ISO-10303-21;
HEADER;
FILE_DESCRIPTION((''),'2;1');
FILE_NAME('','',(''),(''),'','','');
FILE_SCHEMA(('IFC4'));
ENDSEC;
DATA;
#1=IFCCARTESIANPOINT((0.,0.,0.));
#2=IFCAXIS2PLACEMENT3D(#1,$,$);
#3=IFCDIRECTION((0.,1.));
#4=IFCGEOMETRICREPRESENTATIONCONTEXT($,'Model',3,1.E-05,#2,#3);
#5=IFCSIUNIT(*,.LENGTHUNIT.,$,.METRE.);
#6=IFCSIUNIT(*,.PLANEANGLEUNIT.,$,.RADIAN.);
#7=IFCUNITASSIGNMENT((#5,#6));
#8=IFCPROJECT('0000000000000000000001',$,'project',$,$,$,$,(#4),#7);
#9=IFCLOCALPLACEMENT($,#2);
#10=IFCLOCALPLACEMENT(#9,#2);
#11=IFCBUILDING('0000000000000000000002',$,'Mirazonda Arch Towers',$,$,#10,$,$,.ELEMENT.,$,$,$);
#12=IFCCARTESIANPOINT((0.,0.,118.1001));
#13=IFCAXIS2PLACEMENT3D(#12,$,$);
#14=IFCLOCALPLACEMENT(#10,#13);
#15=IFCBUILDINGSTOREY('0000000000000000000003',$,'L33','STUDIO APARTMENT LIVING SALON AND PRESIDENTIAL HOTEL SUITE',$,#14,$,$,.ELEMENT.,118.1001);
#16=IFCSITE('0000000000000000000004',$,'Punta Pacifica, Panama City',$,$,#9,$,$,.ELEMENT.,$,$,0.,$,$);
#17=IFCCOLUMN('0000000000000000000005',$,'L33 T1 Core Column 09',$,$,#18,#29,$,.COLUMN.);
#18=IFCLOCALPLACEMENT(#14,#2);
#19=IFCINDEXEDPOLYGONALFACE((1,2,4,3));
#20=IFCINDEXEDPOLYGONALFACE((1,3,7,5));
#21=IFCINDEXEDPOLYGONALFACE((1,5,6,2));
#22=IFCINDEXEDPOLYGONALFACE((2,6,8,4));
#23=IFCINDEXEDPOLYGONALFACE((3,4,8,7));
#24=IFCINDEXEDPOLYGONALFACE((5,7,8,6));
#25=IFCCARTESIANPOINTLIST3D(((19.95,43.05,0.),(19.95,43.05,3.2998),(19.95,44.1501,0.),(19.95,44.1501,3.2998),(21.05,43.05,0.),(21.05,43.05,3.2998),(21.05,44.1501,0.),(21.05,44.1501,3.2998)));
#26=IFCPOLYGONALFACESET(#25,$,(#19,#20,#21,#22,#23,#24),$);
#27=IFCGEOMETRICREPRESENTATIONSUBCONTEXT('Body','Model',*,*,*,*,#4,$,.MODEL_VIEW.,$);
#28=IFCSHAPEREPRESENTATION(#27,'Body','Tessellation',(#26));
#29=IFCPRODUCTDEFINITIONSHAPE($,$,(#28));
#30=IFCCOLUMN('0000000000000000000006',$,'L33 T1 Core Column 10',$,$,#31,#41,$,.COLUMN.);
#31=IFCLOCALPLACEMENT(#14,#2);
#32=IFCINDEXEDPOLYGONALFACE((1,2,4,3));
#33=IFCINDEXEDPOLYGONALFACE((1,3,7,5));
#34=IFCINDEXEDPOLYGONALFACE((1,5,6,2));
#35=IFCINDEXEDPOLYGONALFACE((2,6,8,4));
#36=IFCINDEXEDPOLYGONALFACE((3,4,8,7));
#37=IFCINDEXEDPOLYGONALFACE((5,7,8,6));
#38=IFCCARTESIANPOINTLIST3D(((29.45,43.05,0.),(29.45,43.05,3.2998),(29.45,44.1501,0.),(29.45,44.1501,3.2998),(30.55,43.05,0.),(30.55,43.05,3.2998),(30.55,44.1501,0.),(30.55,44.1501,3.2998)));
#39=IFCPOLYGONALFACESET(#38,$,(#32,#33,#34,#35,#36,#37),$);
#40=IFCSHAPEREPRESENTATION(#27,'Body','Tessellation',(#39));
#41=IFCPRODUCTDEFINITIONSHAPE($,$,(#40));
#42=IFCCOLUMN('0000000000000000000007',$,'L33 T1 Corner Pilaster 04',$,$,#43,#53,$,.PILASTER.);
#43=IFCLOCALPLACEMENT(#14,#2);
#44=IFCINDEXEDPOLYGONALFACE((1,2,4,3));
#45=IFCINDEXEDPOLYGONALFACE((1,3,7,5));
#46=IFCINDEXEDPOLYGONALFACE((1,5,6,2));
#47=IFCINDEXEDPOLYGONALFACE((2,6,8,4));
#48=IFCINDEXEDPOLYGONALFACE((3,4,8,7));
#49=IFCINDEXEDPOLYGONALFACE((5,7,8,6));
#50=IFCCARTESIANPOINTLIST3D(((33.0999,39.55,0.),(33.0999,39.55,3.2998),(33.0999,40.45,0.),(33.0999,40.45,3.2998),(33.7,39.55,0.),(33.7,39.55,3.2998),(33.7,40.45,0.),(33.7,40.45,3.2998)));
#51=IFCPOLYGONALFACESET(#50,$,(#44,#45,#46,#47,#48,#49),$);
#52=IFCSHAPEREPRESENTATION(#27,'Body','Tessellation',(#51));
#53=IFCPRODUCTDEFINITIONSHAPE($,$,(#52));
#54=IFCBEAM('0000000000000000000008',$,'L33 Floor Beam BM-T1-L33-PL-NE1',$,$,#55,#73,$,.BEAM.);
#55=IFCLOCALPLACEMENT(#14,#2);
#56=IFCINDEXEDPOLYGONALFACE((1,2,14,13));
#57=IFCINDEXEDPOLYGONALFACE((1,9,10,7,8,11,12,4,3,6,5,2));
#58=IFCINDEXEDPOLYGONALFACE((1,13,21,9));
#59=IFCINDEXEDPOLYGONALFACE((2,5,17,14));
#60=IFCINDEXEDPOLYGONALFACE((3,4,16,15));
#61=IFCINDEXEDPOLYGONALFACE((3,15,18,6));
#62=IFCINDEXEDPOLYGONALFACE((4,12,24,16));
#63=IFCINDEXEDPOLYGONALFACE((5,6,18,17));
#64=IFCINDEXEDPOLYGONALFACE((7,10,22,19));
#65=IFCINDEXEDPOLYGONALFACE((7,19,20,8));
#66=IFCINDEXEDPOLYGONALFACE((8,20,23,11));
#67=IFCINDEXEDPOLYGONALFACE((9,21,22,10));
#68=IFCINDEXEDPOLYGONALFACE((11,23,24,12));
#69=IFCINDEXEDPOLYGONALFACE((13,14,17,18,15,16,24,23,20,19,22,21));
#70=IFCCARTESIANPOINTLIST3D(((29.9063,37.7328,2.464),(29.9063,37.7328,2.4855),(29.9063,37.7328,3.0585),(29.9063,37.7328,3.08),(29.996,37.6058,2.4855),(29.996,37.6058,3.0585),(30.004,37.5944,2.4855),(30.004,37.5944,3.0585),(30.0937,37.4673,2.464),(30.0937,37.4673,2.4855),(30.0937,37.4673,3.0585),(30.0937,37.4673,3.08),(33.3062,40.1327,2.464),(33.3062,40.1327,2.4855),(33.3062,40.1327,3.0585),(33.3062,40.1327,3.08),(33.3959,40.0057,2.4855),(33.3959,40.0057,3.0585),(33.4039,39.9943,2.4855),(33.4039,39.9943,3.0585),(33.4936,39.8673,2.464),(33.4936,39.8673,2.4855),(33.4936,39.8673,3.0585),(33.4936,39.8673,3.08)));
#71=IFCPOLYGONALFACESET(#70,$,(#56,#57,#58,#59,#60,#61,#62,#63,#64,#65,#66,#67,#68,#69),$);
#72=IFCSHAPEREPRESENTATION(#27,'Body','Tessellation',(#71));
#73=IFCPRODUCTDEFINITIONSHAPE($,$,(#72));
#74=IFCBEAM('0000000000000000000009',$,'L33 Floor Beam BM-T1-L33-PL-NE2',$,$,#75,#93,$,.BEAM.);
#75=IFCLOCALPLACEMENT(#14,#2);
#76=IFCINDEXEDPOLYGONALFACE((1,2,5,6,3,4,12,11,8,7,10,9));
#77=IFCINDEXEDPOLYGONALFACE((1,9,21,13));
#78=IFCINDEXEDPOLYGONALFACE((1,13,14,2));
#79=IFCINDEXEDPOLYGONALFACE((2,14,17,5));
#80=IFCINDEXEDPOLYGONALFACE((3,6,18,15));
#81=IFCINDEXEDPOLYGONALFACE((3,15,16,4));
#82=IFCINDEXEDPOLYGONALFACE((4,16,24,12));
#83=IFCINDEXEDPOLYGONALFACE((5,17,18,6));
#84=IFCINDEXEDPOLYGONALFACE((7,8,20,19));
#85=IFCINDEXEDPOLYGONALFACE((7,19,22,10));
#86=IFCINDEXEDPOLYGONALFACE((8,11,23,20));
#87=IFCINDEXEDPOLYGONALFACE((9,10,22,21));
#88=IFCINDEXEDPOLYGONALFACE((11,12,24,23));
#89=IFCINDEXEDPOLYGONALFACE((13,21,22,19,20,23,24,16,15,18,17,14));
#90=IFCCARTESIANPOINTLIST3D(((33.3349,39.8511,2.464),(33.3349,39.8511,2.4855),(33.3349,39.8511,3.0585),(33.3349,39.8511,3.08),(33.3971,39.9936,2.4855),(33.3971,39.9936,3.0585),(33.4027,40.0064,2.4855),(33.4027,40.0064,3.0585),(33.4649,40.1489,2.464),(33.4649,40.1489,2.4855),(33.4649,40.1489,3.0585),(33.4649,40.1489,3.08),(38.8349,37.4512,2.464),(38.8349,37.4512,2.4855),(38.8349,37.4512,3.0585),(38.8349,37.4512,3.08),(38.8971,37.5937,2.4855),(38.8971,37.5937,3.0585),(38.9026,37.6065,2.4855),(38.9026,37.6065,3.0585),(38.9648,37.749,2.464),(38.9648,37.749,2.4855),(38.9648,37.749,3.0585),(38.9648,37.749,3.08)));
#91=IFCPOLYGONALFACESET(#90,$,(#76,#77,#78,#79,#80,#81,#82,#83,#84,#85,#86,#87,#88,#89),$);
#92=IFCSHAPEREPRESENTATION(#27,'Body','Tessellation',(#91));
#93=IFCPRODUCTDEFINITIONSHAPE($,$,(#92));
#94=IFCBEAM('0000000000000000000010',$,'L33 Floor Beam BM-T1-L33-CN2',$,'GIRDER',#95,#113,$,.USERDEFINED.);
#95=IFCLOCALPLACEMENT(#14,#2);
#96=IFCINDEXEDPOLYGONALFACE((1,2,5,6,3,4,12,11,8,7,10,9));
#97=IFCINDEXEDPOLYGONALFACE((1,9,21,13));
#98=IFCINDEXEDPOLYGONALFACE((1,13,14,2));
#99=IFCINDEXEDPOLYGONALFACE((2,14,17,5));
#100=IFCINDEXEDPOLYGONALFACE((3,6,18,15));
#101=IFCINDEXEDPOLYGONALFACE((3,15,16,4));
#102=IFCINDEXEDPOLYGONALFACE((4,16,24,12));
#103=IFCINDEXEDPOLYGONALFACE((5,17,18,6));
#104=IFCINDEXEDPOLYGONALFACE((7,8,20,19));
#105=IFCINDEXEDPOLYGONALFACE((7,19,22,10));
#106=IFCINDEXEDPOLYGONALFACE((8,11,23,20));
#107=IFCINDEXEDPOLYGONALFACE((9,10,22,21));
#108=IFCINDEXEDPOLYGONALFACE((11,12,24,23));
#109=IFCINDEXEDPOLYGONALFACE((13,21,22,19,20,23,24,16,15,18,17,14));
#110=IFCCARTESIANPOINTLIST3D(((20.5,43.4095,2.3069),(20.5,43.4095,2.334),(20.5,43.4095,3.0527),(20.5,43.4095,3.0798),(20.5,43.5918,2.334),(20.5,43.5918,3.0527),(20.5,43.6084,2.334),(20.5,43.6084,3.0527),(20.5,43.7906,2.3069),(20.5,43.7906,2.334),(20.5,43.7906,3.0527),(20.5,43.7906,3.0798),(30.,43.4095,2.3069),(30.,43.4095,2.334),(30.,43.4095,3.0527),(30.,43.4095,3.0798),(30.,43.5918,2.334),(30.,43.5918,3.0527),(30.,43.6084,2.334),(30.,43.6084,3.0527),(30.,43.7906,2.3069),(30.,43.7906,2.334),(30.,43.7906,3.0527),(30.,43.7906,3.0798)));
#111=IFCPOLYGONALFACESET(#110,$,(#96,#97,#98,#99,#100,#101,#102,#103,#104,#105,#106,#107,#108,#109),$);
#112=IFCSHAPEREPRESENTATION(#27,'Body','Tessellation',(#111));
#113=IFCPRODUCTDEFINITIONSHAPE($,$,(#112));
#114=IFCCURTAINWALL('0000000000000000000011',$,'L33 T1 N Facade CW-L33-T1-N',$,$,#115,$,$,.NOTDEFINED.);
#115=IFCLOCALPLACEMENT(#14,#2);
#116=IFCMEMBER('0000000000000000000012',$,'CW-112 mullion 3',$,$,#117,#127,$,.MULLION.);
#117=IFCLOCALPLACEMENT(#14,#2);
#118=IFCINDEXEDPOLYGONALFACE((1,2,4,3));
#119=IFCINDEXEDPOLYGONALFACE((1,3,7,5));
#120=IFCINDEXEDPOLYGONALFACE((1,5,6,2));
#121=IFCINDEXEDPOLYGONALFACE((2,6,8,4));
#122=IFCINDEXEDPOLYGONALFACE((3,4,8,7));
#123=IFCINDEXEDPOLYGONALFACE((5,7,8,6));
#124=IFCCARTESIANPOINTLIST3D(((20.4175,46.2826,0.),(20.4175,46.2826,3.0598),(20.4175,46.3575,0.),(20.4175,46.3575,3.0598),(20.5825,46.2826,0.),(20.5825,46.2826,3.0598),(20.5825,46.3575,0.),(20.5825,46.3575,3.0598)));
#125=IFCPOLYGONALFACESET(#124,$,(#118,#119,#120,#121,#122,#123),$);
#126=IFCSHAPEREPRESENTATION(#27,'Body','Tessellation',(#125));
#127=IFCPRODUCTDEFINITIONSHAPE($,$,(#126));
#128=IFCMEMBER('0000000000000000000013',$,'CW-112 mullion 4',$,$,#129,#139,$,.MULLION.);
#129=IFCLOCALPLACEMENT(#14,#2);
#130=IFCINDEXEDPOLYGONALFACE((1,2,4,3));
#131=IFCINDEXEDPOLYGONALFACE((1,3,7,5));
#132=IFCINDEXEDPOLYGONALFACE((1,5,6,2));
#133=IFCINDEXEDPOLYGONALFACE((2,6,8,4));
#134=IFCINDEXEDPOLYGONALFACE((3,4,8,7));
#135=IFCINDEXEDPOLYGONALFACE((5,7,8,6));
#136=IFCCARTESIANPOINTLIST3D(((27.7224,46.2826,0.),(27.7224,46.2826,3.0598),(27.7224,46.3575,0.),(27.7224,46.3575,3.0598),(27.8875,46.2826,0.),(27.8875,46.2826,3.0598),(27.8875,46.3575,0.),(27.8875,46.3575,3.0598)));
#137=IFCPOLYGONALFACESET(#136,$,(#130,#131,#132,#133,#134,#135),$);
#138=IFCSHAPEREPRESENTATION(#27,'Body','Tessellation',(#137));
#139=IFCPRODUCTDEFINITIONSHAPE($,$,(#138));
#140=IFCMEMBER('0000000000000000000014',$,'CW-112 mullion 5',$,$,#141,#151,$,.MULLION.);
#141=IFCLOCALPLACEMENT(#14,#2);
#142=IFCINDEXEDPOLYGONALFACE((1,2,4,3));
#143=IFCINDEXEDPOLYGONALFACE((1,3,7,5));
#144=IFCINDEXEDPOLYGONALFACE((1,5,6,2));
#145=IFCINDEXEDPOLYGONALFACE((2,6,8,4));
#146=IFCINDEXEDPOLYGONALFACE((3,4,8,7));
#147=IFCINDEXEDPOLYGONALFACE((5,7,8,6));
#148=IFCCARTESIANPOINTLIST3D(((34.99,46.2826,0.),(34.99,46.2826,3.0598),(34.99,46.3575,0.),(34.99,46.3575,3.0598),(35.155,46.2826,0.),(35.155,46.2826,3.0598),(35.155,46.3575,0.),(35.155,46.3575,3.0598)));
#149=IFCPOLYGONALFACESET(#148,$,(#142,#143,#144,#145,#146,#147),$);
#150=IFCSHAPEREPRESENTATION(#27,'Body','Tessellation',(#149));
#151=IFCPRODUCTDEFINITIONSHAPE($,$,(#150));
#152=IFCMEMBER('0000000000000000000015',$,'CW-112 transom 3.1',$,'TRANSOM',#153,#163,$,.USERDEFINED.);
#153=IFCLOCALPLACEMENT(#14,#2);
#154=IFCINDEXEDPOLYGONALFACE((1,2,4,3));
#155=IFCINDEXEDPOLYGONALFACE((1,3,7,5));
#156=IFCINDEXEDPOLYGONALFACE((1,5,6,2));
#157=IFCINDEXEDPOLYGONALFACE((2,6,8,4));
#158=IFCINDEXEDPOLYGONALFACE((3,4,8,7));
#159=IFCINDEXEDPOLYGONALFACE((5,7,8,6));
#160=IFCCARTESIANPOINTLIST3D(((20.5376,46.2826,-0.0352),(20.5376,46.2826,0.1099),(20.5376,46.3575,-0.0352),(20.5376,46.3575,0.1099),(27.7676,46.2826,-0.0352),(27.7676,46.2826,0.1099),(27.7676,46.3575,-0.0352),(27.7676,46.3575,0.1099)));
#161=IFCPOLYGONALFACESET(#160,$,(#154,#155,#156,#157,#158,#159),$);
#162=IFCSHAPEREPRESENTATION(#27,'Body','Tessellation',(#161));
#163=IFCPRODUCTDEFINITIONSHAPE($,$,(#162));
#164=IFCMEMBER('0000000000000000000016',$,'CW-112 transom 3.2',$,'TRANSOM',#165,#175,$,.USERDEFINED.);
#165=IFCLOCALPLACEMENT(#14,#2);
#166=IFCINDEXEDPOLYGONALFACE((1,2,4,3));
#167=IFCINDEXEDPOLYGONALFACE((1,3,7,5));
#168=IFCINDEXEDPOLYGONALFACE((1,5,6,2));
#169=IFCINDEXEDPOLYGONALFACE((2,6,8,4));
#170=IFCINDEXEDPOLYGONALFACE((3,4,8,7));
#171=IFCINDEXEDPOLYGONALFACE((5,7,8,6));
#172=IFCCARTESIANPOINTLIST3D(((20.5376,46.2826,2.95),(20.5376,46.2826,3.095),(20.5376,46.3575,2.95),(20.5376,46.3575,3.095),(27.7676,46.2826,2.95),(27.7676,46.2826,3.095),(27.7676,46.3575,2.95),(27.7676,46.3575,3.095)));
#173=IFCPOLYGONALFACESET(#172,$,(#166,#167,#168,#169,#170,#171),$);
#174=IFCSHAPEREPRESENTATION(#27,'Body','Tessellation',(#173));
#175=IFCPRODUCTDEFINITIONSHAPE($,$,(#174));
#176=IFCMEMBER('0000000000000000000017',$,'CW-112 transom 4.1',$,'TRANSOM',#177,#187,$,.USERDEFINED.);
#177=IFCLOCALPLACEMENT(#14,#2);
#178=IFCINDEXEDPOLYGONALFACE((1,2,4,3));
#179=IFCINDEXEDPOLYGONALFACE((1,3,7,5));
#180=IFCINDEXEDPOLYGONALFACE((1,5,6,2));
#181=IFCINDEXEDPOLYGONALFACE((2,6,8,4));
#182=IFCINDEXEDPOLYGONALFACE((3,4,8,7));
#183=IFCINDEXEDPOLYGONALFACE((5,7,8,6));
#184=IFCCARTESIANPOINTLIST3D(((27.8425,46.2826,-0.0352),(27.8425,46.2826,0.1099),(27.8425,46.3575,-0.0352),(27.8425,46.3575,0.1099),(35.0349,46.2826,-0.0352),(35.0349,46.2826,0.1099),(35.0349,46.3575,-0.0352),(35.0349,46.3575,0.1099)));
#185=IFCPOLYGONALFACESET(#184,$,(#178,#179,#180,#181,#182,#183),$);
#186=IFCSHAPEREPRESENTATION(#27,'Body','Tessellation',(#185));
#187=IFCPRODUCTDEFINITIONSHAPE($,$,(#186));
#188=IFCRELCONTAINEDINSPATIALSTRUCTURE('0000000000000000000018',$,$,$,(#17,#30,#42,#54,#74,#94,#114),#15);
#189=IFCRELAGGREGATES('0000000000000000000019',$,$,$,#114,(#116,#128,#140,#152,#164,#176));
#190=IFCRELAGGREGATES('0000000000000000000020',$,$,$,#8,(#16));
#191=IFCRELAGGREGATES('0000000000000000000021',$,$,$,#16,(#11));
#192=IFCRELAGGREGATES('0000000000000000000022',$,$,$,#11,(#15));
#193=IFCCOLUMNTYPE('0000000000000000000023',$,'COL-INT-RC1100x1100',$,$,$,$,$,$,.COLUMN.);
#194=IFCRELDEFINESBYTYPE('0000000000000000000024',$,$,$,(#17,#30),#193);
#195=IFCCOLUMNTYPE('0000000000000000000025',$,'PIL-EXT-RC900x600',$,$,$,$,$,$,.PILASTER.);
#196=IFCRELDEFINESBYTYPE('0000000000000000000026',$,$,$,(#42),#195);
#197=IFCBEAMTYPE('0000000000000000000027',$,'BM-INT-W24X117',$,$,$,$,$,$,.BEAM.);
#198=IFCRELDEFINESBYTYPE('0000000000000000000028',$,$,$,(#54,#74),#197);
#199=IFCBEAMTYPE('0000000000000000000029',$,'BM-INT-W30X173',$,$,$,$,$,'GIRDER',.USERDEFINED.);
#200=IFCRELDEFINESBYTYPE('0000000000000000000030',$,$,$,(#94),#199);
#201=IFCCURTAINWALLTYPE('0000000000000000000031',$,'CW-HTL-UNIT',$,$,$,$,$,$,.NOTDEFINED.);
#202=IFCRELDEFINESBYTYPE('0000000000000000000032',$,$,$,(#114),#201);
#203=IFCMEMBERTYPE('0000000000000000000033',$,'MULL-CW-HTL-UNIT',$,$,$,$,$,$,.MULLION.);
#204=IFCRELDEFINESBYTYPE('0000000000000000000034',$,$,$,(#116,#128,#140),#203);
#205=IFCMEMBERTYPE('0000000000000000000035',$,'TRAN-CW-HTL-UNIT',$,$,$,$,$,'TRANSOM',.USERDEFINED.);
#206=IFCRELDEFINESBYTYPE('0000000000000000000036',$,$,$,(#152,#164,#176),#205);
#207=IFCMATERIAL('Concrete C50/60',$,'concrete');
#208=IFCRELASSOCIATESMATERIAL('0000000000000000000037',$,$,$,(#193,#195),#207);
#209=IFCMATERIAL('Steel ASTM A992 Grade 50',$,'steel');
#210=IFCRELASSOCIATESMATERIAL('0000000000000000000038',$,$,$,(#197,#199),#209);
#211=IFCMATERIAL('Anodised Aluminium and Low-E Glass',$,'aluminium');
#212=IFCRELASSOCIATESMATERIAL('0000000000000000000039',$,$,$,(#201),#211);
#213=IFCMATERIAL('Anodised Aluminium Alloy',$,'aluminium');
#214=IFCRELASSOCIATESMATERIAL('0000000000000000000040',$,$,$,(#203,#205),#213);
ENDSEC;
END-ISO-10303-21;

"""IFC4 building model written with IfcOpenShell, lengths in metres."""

from ifc_helpers import new_model, si_unit, direction, frame, origin, origin_2d, place, context, subcontext, project, spatial, rectangle, i_section, extrude, material, material_profile, profile_set, type_object, element, aggregate, save


model = new_model("IFC4")

# Units and contexts
model_context = context("Model", 3, precision=1e-05, world=origin(), true_north=direction((0.0, 1.0)))
body_context = subcontext(model_context, "Body", "Model", "MODEL_VIEW")
ifc_project = project(units=[si_unit("LENGTHUNIT", "METRE"), si_unit("PLANEANGLEUNIT", "RADIAN")], contexts=[model_context])

# Site, building, storey
site_placement = place(None, origin())
site = spatial("IfcSite", under=ifc_project, at=site_placement, Name="Punta Pacifica, Panama City", CompositionType="ELEMENT", RefElevation=0.0)
building_placement = place(site_placement, origin())
building = spatial("IfcBuilding", under=site, at=building_placement, Name="Mirazonda Arch Towers", CompositionType="ELEMENT")
storey_placement = place(building_placement, frame((0.0, 0.0, 118.1001)))
storey = spatial("IfcBuildingStorey", under=building, at=storey_placement, Name="L33", Description="STUDIO APARTMENT LIVING SALON AND PRESIDENTIAL HOTEL SUITE", CompositionType="ELEMENT", Elevation=118.1001)

# Columns
ifc_material_1 = material(Name="Concrete C50/60", Category="concrete")
ifc_material_profile_1 = material_profile(ifc_material_1, rectangle(XDim=1.1001, YDim=1.1001, at=origin_2d()), Name="RC1100x1100")
ifc_profile_set_1 = profile_set([ifc_material_profile_1], Name="Concrete C50/60")
column_type_1 = type_object("IfcColumnType", Name="COL-INT-RC1100x1100", PredefinedType="COLUMN", material=ifc_profile_set_1)
for number, where, z_axis, x_axis, name in (
    (1, (20.5, 43.6001, 0.0), (0.0, 0.0, 1.0), (1.0, 0.0, 0.0), "L33 T1 Core Column 09"),
    (2, (30.0, 43.6001, 0.0), (0.0, 0.0, 1.0), (1.0, 0.0, 0.0), "L33 T1 Core Column 10"),
):
    element("IfcColumn", number, at=place(storey_placement, frame(where, z_axis=z_axis, x_axis=x_axis)), inside=storey, type_object=column_type_1, Name=name, PredefinedType="COLUMN", context=body_context, shape_type="SweptSolid", body=[
        extrude(rectangle(XDim=1.1001, YDim=1.1001, at=origin_2d()), origin(), (0.0, 0.0, 1.0), 3.2998),
    ])
ifc_material_profile_2 = material_profile(ifc_material_1, rectangle(XDim=0.6001, YDim=0.8999, at=origin_2d()), Name="RC900x600")
ifc_profile_set_2 = profile_set([ifc_material_profile_2], Name="Concrete C50/60")
column_type_2 = type_object("IfcColumnType", Name="PIL-EXT-RC900x600", PredefinedType="PILASTER", material=ifc_profile_set_2)
column_placement = place(storey_placement, frame((33.3999, 40.0, 0.0), z_axis=(0.0, 0.0, 1.0), x_axis=(1.0, 0.0, 0.0)))
element("IfcColumn", 3, at=column_placement, inside=storey, type_object=column_type_2, Name="L33 T1 Corner Pilaster 04", PredefinedType="PILASTER", context=body_context, shape_type="SweptSolid", body=[
    extrude(rectangle(XDim=0.6001, YDim=0.8999, at=origin_2d()), origin(), (0.0, 0.0, 1.0), 3.2998),
])

# Beams
ifc_material_2 = material(Name="Steel ASTM A992 Grade 50", Category="steel")
ifc_material_profile_3 = material_profile(ifc_material_2, i_section(OverallWidth=0.325, OverallDepth=0.616, WebThickness=0.0139, FlangeThickness=0.0215, at=origin_2d()), Name="W24X117")
ifc_profile_set_3 = profile_set([ifc_material_profile_3], Name="Steel ASTM A992 Grade 50")
beam_type_1 = type_object("IfcBeamType", Name="BM-INT-W24X117", PredefinedType="BEAM", material=ifc_profile_set_3)
beam_1_placement = place(storey_placement, frame((33.3999, 40.0, 2.772), z_axis=(-0.816971, -0.576679, 0.0), x_axis=(0.576679, -0.816971, 0.0)))
element("IfcBeam", 4, at=beam_1_placement, inside=storey, type_object=beam_type_1, Name="L33 Floor Beam BM-T1-L33-PL-NE1", PredefinedType="BEAM", context=body_context, shape_type="SweptSolid", body=[
    extrude(i_section(OverallWidth=0.325, OverallDepth=0.616, WebThickness=0.0139, FlangeThickness=0.0215, at=origin_2d()), origin(), (0.0, 0.0, 1.0), 4.1616),
])
beam_2_placement = place(storey_placement, frame((33.3999, 40.0, 2.772), z_axis=(0.916545, -0.399931, 0.0), x_axis=(0.399931, 0.916545, 0.0)))
element("IfcBeam", 5, at=beam_2_placement, inside=storey, type_object=beam_type_1, Name="L33 Floor Beam BM-T1-L33-PL-NE2", PredefinedType="BEAM", context=body_context, shape_type="SweptSolid", body=[
    extrude(i_section(OverallWidth=0.325, OverallDepth=0.616, WebThickness=0.0139, FlangeThickness=0.0215, at=origin_2d()), origin(), (0.0, 0.0, 1.0), 6.0007),
])
ifc_material_profile_4 = material_profile(ifc_material_2, i_section(OverallWidth=0.3811, OverallDepth=0.7729, WebThickness=0.0166, FlangeThickness=0.0271, at=origin_2d()), Name="W30X173")
ifc_profile_set_4 = profile_set([ifc_material_profile_4], Name="Steel ASTM A992 Grade 50")
beam_type_2 = type_object("IfcBeamType", Name="BM-INT-W30X173", ElementType="GIRDER", PredefinedType="USERDEFINED", material=ifc_profile_set_4)
beam_3_placement = place(storey_placement, frame((20.5, 43.6001, 2.6934), z_axis=(1.0, 0.0, 0.0), x_axis=(0.0, 1.0, 0.0)))
element("IfcBeam", 6, at=beam_3_placement, inside=storey, type_object=beam_type_2, Name="L33 Floor Beam BM-T1-L33-CN2", ObjectType="GIRDER", PredefinedType="USERDEFINED", context=body_context, shape_type="SweptSolid", body=[
    extrude(i_section(OverallWidth=0.3811, OverallDepth=0.7729, WebThickness=0.0166, FlangeThickness=0.0271, at=origin_2d()), origin(), (0.0, 0.0, 1.0), 9.5),
])

# Curtain wall, members
ifc_material_3 = material(Name="Anodised Aluminium and Low-E Glass", Category="aluminium")
curtain_wall_type = type_object("IfcCurtainWallType", Name="CW-HTL-UNIT", PredefinedType="NOTDEFINED", material=ifc_material_3)
curtain_wall_placement = place(storey_placement, origin())
curtain_wall = element("IfcCurtainWall", 7, at=curtain_wall_placement, inside=storey, type_object=curtain_wall_type, Name="L33 T1 N Facade CW-L33-T1-N", PredefinedType="NOTDEFINED")
ifc_material_4 = material(Name="Anodised Aluminium Alloy", Category="aluminium")
ifc_material_profile_5 = material_profile(ifc_material_4, rectangle(XDim=0.075, YDim=0.165, at=origin_2d()), Name="ALU-MULL-75x165")
ifc_profile_set_5 = profile_set([ifc_material_profile_5], Name="Anodised Aluminium Alloy")
member_type_1 = type_object("IfcMemberType", Name="MULL-CW-HTL-UNIT", PredefinedType="MULLION", material=ifc_profile_set_5)
member_1_placement = place(storey_placement, frame((20.5, 46.3201, 0.0), z_axis=(0.0, 0.0, 1.0), x_axis=(0.0, 1.0, 0.0)))
member_1 = element("IfcMember", 8, at=member_1_placement, type_object=member_type_1, Name="CW-112 mullion 3", PredefinedType="MULLION", context=body_context, shape_type="SweptSolid", body=[
    extrude(rectangle(XDim=0.075, YDim=0.165, at=origin_2d()), origin(), (0.0, 0.0, 1.0), 3.0598),
])
member_2_placement = place(storey_placement, frame((27.8049, 46.3201, 0.0), z_axis=(0.0, 0.0, 1.0), x_axis=(0.0, 1.0, 0.0)))
member_2 = element("IfcMember", 9, at=member_2_placement, type_object=member_type_1, Name="CW-112 mullion 4", PredefinedType="MULLION", context=body_context, shape_type="SweptSolid", body=[
    extrude(rectangle(XDim=0.075, YDim=0.165, at=origin_2d()), origin(), (0.0, 0.0, 1.0), 3.0598),
])
member_3_placement = place(storey_placement, frame((35.0725, 46.3201, 0.0), z_axis=(0.0, 0.0, 1.0), x_axis=(0.0, 1.0, 0.0)))
member_3 = element("IfcMember", 10, at=member_3_placement, type_object=member_type_1, Name="CW-112 mullion 5", PredefinedType="MULLION", context=body_context, shape_type="SweptSolid", body=[
    extrude(rectangle(XDim=0.075, YDim=0.165, at=origin_2d()), origin(), (0.0, 0.0, 1.0), 3.0598),
])
ifc_material_profile_6 = material_profile(ifc_material_4, rectangle(XDim=0.075, YDim=0.145, at=origin_2d()), Name="ALU-TRAN-75x145")
ifc_profile_set_6 = profile_set([ifc_material_profile_6], Name="Anodised Aluminium Alloy")
member_type_2 = type_object("IfcMemberType", Name="TRAN-CW-HTL-UNIT", ElementType="TRANSOM", PredefinedType="USERDEFINED", material=ifc_profile_set_6)
member_4_placement = place(storey_placement, frame((20.5376, 46.3201, 0.0374), z_axis=(1.0, 0.0, 0.0), x_axis=(0.0, 1.0, 0.0)))
member_4 = element("IfcMember", 11, at=member_4_placement, type_object=member_type_2, Name="CW-112 transom 3.1", ObjectType="TRANSOM", PredefinedType="USERDEFINED", context=body_context, shape_type="SweptSolid", body=[
    extrude(rectangle(XDim=0.075, YDim=0.145, at=origin_2d()), origin(), (0.0, 0.0, 1.0), 7.23),
])
member_5_placement = place(storey_placement, frame((20.5376, 46.3201, 3.0225), z_axis=(1.0, 0.0, 0.0), x_axis=(0.0, 1.0, 0.0)))
member_5 = element("IfcMember", 12, at=member_5_placement, type_object=member_type_2, Name="CW-112 transom 3.2", ObjectType="TRANSOM", PredefinedType="USERDEFINED", context=body_context, shape_type="SweptSolid", body=[
    extrude(rectangle(XDim=0.075, YDim=0.145, at=origin_2d()), origin(), (0.0, 0.0, 1.0), 7.23),
])
member_6_placement = place(storey_placement, frame((27.8425, 46.3201, 0.0374), z_axis=(1.0, 0.0, 0.0), x_axis=(0.0, 1.0, 0.0)))
member_6 = element("IfcMember", 13, at=member_6_placement, type_object=member_type_2, Name="CW-112 transom 4.1", ObjectType="TRANSOM", PredefinedType="USERDEFINED", context=body_context, shape_type="SweptSolid", body=[
    extrude(rectangle(XDim=0.075, YDim=0.145, at=origin_2d()), origin(), (0.0, 0.0, 1.0), 7.1924),
])
aggregate(curtain_wall, [member_1, member_2, member_3, member_4, member_5, member_6])

save(model, "model.ifc")
